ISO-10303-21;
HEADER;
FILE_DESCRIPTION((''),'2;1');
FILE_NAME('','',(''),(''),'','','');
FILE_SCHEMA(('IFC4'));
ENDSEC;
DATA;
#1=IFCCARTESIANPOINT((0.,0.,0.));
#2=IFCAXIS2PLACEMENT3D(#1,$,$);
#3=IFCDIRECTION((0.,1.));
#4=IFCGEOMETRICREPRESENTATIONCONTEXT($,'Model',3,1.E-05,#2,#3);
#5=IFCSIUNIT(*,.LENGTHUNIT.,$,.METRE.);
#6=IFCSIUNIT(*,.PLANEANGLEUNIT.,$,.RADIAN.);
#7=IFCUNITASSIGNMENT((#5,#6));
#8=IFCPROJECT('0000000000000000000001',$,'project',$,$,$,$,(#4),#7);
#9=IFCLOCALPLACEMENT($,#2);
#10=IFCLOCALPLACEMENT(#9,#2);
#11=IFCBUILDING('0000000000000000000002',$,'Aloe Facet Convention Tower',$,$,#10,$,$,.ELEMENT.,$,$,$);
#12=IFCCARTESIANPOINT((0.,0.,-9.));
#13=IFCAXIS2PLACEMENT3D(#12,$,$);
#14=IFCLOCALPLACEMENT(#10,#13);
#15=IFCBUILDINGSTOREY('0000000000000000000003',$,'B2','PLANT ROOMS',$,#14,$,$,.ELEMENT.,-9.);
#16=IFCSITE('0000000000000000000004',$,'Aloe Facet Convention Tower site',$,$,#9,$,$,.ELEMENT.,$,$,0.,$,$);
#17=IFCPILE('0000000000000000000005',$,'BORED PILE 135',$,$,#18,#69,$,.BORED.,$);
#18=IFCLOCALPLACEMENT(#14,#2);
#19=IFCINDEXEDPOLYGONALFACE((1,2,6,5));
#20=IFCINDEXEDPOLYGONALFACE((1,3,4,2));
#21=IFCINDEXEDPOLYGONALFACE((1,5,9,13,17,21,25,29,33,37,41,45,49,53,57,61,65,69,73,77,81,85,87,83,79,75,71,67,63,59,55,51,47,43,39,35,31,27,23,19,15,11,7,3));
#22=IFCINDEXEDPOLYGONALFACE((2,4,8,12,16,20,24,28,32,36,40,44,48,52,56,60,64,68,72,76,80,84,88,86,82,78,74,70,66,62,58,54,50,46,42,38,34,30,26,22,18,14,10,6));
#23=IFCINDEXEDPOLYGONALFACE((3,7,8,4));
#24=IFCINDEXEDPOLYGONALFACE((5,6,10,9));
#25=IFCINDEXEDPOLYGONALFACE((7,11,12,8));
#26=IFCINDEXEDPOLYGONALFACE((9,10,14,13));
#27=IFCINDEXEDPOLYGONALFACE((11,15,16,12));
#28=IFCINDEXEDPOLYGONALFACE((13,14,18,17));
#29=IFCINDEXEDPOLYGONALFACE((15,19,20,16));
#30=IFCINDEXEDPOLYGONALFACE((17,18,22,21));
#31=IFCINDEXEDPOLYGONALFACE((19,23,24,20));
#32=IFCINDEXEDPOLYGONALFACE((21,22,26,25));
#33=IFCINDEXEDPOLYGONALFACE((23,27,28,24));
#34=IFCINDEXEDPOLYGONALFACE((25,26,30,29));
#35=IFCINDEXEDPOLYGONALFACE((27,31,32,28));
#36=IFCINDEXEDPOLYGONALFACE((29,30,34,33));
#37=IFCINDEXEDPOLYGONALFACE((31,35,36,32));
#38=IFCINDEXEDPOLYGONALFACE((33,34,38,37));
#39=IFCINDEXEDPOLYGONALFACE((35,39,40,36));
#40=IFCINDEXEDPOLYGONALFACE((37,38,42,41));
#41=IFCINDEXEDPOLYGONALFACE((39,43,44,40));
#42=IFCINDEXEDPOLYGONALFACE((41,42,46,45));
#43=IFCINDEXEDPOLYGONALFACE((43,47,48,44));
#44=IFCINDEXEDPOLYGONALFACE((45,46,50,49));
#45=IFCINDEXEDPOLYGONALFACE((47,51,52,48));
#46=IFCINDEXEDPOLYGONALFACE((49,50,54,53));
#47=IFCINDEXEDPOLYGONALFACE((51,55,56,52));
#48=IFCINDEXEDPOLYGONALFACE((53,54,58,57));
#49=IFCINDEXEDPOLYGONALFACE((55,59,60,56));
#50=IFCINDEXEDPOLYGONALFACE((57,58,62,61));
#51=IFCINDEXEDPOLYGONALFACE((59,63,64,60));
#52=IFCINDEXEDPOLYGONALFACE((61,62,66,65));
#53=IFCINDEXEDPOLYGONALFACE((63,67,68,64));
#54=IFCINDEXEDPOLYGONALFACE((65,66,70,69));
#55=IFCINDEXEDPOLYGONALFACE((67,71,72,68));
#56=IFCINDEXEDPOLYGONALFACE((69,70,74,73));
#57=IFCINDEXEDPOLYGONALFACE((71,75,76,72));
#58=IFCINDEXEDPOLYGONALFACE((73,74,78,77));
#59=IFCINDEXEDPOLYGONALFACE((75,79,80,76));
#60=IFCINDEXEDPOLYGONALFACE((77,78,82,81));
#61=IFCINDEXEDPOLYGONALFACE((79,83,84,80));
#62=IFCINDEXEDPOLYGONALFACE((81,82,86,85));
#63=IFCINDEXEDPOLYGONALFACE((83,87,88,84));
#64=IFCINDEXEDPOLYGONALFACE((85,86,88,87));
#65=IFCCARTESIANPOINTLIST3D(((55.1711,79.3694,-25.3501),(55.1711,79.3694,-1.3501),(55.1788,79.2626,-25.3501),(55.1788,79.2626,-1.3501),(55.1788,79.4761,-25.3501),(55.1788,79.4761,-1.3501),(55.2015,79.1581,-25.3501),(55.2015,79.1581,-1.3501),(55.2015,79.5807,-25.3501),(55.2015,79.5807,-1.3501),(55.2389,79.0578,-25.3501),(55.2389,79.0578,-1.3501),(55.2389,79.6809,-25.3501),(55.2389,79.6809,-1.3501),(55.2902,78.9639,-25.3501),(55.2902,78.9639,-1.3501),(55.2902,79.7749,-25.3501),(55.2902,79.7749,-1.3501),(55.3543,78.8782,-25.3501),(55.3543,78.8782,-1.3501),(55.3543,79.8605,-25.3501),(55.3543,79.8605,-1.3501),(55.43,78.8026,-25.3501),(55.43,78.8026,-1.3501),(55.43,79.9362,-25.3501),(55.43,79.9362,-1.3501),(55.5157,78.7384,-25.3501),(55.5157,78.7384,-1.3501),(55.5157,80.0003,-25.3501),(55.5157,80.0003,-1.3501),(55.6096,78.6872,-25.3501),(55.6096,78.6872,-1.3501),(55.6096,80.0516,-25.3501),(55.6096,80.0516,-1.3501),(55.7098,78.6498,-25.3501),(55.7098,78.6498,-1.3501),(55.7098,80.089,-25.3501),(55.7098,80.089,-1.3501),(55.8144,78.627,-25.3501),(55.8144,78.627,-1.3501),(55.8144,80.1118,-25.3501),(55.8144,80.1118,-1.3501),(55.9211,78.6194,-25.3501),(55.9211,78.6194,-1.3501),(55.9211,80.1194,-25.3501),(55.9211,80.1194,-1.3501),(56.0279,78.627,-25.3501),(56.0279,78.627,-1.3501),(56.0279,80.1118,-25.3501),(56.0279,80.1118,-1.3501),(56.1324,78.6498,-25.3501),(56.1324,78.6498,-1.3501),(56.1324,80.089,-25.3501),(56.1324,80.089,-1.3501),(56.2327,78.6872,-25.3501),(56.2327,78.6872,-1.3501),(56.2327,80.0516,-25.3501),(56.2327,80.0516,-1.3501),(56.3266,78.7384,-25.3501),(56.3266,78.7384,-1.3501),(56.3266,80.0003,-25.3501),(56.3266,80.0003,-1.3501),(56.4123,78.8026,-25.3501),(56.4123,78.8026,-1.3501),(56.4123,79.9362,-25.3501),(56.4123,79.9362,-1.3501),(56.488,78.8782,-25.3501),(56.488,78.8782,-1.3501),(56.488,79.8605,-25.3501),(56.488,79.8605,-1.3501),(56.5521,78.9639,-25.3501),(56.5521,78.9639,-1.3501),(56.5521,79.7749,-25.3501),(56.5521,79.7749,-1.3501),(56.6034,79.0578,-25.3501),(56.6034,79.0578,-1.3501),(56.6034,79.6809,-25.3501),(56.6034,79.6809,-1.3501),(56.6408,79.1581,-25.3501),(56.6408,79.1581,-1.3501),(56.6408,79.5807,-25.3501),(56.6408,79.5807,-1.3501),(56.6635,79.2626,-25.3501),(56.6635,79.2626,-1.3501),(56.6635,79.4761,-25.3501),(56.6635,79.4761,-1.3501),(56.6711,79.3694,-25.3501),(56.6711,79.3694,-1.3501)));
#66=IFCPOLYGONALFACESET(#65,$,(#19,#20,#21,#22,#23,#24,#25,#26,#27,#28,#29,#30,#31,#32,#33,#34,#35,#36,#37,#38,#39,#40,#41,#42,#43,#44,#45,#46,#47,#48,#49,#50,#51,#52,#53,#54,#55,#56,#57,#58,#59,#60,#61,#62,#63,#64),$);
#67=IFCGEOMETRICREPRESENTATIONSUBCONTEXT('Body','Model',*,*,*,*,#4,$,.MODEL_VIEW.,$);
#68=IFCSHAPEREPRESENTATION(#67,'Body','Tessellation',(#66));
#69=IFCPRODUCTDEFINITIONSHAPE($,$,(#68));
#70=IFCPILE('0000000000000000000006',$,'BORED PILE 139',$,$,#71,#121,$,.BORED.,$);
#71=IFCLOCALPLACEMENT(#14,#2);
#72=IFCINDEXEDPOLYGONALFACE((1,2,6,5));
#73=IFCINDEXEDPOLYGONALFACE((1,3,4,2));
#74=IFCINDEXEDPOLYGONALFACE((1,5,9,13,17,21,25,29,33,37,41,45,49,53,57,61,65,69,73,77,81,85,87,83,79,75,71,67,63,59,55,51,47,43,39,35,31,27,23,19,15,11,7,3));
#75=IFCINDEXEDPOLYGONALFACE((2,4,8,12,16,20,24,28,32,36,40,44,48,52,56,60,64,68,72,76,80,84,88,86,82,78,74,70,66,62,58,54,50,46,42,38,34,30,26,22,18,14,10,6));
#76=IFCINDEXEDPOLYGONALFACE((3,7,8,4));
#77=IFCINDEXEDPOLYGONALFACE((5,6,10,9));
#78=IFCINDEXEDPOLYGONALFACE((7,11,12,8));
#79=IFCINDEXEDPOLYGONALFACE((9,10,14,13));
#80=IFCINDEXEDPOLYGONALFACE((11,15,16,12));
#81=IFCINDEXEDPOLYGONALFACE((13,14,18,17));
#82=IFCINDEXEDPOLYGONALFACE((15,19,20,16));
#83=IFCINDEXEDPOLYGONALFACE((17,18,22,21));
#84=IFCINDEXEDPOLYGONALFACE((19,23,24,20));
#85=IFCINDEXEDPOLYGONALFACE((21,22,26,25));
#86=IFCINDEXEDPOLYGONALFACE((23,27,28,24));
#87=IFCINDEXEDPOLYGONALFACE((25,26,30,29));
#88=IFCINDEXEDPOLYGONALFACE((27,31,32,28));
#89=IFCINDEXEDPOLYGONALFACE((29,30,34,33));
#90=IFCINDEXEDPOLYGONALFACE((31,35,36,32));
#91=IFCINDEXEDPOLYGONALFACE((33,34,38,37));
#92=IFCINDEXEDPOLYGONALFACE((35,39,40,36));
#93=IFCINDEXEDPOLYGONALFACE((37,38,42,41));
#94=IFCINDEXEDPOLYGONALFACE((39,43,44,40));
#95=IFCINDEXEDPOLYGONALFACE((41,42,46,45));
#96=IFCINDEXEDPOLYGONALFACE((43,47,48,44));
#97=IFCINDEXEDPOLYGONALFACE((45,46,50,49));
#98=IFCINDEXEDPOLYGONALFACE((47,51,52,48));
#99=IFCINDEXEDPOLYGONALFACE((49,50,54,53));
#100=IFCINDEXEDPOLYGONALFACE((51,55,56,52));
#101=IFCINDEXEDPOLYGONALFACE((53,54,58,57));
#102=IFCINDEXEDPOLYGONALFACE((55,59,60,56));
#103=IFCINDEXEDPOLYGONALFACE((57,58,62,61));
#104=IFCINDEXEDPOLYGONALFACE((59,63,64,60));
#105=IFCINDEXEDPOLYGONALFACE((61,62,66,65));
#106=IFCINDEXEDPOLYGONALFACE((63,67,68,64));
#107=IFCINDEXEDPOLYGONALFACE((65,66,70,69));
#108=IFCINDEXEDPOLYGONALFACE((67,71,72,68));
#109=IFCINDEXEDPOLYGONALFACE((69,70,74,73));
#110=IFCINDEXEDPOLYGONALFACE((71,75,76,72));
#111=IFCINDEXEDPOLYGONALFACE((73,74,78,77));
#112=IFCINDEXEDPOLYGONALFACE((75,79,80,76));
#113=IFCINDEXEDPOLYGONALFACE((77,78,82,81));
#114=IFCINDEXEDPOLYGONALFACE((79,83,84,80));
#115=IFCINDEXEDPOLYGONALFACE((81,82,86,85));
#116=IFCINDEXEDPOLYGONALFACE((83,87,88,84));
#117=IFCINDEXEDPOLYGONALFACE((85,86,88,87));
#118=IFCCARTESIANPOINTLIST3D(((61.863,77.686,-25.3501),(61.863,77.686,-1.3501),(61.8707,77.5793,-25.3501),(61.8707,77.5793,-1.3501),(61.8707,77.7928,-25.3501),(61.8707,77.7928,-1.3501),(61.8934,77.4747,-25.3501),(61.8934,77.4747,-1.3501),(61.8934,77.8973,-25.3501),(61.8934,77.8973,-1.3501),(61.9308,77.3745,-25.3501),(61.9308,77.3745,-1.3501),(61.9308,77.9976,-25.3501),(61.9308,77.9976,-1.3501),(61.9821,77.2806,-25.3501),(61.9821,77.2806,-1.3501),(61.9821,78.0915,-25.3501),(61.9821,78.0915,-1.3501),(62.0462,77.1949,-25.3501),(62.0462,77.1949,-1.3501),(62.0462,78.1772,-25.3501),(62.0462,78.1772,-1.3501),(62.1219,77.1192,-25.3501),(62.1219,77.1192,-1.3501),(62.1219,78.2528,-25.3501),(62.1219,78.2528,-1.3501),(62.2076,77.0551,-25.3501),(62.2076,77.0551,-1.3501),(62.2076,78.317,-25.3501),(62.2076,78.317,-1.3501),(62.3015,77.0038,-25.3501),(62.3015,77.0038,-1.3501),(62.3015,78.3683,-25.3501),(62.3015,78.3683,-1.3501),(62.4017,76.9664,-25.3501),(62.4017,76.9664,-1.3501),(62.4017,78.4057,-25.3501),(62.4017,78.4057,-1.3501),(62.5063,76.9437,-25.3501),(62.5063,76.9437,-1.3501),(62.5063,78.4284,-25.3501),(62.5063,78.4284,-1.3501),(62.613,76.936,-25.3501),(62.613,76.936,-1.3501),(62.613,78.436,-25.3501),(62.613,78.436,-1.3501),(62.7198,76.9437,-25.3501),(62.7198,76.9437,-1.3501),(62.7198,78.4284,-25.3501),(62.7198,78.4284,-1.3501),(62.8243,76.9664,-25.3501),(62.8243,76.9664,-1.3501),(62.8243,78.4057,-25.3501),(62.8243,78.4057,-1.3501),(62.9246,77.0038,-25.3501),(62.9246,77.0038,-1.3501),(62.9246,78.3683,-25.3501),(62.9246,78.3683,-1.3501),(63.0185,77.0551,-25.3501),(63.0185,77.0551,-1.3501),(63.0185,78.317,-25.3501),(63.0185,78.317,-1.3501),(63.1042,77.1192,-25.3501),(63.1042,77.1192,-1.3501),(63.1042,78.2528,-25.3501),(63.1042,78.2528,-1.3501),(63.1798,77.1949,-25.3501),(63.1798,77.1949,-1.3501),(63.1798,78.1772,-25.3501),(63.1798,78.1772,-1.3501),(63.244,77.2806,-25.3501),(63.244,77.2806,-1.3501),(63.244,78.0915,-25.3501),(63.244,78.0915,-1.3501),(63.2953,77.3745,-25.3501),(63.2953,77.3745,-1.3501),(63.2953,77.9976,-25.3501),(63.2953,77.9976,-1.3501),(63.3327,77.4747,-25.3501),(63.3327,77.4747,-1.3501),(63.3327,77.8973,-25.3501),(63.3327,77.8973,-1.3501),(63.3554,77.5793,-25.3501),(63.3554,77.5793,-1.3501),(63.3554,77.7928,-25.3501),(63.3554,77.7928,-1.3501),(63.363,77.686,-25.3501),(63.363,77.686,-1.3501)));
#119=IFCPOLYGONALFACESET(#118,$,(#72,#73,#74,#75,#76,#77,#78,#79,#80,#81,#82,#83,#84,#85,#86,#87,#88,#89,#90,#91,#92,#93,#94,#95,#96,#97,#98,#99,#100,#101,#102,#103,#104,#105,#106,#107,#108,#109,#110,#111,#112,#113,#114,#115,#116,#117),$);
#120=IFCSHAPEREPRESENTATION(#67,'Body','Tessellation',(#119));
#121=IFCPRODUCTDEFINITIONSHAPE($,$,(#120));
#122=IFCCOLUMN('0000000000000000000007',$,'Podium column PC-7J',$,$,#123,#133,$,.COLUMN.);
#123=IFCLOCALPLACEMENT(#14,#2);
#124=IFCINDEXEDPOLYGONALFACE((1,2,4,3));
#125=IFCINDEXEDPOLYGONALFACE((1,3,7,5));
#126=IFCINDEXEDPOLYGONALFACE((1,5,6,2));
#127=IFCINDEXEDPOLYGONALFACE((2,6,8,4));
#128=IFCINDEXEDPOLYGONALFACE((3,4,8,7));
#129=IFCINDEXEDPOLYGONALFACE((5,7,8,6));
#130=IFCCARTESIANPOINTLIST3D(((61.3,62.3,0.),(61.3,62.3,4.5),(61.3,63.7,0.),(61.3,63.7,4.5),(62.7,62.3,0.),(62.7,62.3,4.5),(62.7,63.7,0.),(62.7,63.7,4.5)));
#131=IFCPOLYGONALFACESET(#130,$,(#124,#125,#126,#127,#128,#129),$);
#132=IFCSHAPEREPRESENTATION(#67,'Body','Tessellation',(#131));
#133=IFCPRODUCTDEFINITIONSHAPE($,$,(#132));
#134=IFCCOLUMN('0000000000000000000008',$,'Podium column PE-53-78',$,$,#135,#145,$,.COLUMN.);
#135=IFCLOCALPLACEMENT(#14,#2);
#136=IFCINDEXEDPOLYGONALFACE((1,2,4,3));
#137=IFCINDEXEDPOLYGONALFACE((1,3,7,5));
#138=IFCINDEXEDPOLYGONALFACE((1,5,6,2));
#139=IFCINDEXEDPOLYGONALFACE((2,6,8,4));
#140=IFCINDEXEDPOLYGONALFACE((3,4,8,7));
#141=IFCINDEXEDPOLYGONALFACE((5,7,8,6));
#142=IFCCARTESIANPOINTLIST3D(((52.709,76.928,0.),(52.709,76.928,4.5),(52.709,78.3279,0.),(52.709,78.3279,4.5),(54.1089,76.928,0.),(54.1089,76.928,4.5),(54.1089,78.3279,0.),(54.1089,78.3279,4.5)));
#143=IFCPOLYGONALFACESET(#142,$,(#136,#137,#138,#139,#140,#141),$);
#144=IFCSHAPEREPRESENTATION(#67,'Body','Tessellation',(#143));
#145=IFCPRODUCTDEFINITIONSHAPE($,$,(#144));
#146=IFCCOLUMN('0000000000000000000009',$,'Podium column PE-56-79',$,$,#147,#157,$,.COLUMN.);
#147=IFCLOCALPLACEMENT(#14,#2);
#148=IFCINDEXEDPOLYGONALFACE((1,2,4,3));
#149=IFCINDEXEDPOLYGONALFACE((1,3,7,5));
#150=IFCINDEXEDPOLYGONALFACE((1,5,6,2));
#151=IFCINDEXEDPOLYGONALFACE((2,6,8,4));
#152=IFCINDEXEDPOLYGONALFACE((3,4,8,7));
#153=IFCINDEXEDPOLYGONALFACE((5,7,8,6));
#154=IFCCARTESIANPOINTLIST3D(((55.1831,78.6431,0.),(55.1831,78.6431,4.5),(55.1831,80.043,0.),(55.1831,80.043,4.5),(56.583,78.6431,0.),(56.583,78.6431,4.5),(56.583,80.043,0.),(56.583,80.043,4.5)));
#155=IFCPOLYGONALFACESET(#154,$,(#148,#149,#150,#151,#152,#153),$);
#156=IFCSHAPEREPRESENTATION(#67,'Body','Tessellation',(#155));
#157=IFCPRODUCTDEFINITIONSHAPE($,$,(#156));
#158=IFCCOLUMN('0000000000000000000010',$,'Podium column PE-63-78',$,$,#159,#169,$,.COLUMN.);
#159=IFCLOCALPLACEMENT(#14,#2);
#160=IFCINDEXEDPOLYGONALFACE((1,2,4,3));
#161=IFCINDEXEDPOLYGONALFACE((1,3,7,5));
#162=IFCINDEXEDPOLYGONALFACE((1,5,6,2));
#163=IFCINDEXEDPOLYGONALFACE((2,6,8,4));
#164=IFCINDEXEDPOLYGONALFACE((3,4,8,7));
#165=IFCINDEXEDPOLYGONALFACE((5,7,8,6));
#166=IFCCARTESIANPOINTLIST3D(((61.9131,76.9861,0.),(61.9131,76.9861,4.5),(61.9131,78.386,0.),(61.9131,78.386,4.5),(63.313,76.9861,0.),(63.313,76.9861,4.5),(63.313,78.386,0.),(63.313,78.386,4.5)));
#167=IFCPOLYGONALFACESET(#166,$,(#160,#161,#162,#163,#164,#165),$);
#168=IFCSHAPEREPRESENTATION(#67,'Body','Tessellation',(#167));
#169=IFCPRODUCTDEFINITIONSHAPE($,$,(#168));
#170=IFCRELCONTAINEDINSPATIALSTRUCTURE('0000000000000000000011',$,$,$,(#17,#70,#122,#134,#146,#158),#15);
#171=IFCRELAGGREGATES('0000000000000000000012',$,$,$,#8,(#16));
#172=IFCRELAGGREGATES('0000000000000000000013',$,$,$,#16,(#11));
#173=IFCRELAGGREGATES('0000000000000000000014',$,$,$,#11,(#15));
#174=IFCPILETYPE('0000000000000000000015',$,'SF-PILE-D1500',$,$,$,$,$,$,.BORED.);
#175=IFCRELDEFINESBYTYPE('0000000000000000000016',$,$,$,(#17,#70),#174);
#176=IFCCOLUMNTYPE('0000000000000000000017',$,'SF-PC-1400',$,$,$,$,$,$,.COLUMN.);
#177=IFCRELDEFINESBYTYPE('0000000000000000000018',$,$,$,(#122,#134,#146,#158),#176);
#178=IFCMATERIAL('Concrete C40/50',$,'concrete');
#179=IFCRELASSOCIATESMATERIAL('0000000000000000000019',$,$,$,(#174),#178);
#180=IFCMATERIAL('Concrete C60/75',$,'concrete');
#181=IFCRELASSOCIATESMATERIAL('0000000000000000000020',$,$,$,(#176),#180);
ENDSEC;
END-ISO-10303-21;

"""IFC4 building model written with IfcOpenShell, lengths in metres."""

from ifc_helpers import new_model, si_unit, direction, frame, origin, origin_2d, place, context, subcontext, project, spatial, rectangle, circle, extrude, material, material_profile, profile_set, type_object, element, save


model = new_model("IFC4")

# Units and contexts
model_context = context("Model", 3, precision=1e-05, world=origin(), true_north=direction((0.0, 1.0)))
body_context = subcontext(model_context, "Body", "Model", "MODEL_VIEW")
ifc_project = project(units=[si_unit("LENGTHUNIT", "METRE"), si_unit("PLANEANGLEUNIT", "RADIAN")], contexts=[model_context])

# Site, building, storey
site_placement = place(None, origin())
site = spatial("IfcSite", under=ifc_project, at=site_placement, Name="Aloe Facet Convention Tower site", CompositionType="ELEMENT", RefElevation=0.0)
building_placement = place(site_placement, origin())
building = spatial("IfcBuilding", under=site, at=building_placement, Name="Aloe Facet Convention Tower", CompositionType="ELEMENT")
storey_placement = place(building_placement, frame((0.0, 0.0, -9.0)))
storey = spatial("IfcBuildingStorey", under=building, at=storey_placement, Name="B2", Description="PLANT ROOMS", CompositionType="ELEMENT", Elevation=-9.0)

# Piles
ifc_material_1 = material(Name="Concrete C40/50", Category="concrete")
ifc_material_profile_1 = material_profile(ifc_material_1, circle(Radius=0.75, at=origin_2d()), Name="D1500")
ifc_profile_set_1 = profile_set([ifc_material_profile_1], Name="Concrete C40/50")
pile_type = type_object("IfcPileType", Name="SF-PILE-D1500", PredefinedType="BORED", material=ifc_profile_set_1)
for number, where, z_axis, x_axis, name in (
    (1, (55.9211, 79.3694, -1.3501), (0.0, 0.0, -1.0), (1.0, 0.0, 0.0), "BORED PILE 135"),
    (2, (62.613, 77.686, -1.3501), (0.0, 0.0, -1.0), (1.0, 0.0, 0.0), "BORED PILE 139"),
):
    element("IfcPile", number, at=place(storey_placement, frame(where, z_axis=z_axis, x_axis=x_axis)), inside=storey, type_object=pile_type, Name=name, PredefinedType="BORED", context=body_context, shape_type="SweptSolid", body=[
        extrude(circle(Radius=0.75, at=origin_2d()), origin(), (0.0, 0.0, 1.0), 24.0),
    ])

# Columns
ifc_material_2 = material(Name="Concrete C60/75", Category="concrete")
ifc_material_profile_2 = material_profile(ifc_material_2, rectangle(XDim=1.3999, YDim=1.3999, at=origin_2d()), Name="SF-PC-1400")
ifc_profile_set_2 = profile_set([ifc_material_profile_2], Name="Concrete C60/75")
column_type = type_object("IfcColumnType", Name="SF-PC-1400", PredefinedType="COLUMN", material=ifc_profile_set_2)
for number, where, z_axis, x_axis, name in (
    (3, (62.0, 63.0, 0.0), (0.0, 0.0, 1.0), (1.0, 0.0, 0.0), "Podium column PC-7J"),
    (4, (53.4089, 77.6279, 0.0), (0.0, 0.0, 1.0), (1.0, 0.0, 0.0), "Podium column PE-53-78"),
    (5, (55.8831, 79.343, 0.0), (0.0, 0.0, 1.0), (1.0, 0.0, 0.0), "Podium column PE-56-79"),
    (6, (62.613, 77.686, 0.0), (0.0, 0.0, 1.0), (1.0, 0.0, 0.0), "Podium column PE-63-78"),
):
    element("IfcColumn", number, at=place(storey_placement, frame(where, z_axis=z_axis, x_axis=x_axis)), inside=storey, type_object=column_type, Name=name, PredefinedType="COLUMN", context=body_context, shape_type="SweptSolid", body=[
        extrude(rectangle(XDim=1.3999, YDim=1.3999, at=origin_2d()), origin(), (0.0, 0.0, 1.0), 4.5),
    ])

save(model, "model.ifc")
